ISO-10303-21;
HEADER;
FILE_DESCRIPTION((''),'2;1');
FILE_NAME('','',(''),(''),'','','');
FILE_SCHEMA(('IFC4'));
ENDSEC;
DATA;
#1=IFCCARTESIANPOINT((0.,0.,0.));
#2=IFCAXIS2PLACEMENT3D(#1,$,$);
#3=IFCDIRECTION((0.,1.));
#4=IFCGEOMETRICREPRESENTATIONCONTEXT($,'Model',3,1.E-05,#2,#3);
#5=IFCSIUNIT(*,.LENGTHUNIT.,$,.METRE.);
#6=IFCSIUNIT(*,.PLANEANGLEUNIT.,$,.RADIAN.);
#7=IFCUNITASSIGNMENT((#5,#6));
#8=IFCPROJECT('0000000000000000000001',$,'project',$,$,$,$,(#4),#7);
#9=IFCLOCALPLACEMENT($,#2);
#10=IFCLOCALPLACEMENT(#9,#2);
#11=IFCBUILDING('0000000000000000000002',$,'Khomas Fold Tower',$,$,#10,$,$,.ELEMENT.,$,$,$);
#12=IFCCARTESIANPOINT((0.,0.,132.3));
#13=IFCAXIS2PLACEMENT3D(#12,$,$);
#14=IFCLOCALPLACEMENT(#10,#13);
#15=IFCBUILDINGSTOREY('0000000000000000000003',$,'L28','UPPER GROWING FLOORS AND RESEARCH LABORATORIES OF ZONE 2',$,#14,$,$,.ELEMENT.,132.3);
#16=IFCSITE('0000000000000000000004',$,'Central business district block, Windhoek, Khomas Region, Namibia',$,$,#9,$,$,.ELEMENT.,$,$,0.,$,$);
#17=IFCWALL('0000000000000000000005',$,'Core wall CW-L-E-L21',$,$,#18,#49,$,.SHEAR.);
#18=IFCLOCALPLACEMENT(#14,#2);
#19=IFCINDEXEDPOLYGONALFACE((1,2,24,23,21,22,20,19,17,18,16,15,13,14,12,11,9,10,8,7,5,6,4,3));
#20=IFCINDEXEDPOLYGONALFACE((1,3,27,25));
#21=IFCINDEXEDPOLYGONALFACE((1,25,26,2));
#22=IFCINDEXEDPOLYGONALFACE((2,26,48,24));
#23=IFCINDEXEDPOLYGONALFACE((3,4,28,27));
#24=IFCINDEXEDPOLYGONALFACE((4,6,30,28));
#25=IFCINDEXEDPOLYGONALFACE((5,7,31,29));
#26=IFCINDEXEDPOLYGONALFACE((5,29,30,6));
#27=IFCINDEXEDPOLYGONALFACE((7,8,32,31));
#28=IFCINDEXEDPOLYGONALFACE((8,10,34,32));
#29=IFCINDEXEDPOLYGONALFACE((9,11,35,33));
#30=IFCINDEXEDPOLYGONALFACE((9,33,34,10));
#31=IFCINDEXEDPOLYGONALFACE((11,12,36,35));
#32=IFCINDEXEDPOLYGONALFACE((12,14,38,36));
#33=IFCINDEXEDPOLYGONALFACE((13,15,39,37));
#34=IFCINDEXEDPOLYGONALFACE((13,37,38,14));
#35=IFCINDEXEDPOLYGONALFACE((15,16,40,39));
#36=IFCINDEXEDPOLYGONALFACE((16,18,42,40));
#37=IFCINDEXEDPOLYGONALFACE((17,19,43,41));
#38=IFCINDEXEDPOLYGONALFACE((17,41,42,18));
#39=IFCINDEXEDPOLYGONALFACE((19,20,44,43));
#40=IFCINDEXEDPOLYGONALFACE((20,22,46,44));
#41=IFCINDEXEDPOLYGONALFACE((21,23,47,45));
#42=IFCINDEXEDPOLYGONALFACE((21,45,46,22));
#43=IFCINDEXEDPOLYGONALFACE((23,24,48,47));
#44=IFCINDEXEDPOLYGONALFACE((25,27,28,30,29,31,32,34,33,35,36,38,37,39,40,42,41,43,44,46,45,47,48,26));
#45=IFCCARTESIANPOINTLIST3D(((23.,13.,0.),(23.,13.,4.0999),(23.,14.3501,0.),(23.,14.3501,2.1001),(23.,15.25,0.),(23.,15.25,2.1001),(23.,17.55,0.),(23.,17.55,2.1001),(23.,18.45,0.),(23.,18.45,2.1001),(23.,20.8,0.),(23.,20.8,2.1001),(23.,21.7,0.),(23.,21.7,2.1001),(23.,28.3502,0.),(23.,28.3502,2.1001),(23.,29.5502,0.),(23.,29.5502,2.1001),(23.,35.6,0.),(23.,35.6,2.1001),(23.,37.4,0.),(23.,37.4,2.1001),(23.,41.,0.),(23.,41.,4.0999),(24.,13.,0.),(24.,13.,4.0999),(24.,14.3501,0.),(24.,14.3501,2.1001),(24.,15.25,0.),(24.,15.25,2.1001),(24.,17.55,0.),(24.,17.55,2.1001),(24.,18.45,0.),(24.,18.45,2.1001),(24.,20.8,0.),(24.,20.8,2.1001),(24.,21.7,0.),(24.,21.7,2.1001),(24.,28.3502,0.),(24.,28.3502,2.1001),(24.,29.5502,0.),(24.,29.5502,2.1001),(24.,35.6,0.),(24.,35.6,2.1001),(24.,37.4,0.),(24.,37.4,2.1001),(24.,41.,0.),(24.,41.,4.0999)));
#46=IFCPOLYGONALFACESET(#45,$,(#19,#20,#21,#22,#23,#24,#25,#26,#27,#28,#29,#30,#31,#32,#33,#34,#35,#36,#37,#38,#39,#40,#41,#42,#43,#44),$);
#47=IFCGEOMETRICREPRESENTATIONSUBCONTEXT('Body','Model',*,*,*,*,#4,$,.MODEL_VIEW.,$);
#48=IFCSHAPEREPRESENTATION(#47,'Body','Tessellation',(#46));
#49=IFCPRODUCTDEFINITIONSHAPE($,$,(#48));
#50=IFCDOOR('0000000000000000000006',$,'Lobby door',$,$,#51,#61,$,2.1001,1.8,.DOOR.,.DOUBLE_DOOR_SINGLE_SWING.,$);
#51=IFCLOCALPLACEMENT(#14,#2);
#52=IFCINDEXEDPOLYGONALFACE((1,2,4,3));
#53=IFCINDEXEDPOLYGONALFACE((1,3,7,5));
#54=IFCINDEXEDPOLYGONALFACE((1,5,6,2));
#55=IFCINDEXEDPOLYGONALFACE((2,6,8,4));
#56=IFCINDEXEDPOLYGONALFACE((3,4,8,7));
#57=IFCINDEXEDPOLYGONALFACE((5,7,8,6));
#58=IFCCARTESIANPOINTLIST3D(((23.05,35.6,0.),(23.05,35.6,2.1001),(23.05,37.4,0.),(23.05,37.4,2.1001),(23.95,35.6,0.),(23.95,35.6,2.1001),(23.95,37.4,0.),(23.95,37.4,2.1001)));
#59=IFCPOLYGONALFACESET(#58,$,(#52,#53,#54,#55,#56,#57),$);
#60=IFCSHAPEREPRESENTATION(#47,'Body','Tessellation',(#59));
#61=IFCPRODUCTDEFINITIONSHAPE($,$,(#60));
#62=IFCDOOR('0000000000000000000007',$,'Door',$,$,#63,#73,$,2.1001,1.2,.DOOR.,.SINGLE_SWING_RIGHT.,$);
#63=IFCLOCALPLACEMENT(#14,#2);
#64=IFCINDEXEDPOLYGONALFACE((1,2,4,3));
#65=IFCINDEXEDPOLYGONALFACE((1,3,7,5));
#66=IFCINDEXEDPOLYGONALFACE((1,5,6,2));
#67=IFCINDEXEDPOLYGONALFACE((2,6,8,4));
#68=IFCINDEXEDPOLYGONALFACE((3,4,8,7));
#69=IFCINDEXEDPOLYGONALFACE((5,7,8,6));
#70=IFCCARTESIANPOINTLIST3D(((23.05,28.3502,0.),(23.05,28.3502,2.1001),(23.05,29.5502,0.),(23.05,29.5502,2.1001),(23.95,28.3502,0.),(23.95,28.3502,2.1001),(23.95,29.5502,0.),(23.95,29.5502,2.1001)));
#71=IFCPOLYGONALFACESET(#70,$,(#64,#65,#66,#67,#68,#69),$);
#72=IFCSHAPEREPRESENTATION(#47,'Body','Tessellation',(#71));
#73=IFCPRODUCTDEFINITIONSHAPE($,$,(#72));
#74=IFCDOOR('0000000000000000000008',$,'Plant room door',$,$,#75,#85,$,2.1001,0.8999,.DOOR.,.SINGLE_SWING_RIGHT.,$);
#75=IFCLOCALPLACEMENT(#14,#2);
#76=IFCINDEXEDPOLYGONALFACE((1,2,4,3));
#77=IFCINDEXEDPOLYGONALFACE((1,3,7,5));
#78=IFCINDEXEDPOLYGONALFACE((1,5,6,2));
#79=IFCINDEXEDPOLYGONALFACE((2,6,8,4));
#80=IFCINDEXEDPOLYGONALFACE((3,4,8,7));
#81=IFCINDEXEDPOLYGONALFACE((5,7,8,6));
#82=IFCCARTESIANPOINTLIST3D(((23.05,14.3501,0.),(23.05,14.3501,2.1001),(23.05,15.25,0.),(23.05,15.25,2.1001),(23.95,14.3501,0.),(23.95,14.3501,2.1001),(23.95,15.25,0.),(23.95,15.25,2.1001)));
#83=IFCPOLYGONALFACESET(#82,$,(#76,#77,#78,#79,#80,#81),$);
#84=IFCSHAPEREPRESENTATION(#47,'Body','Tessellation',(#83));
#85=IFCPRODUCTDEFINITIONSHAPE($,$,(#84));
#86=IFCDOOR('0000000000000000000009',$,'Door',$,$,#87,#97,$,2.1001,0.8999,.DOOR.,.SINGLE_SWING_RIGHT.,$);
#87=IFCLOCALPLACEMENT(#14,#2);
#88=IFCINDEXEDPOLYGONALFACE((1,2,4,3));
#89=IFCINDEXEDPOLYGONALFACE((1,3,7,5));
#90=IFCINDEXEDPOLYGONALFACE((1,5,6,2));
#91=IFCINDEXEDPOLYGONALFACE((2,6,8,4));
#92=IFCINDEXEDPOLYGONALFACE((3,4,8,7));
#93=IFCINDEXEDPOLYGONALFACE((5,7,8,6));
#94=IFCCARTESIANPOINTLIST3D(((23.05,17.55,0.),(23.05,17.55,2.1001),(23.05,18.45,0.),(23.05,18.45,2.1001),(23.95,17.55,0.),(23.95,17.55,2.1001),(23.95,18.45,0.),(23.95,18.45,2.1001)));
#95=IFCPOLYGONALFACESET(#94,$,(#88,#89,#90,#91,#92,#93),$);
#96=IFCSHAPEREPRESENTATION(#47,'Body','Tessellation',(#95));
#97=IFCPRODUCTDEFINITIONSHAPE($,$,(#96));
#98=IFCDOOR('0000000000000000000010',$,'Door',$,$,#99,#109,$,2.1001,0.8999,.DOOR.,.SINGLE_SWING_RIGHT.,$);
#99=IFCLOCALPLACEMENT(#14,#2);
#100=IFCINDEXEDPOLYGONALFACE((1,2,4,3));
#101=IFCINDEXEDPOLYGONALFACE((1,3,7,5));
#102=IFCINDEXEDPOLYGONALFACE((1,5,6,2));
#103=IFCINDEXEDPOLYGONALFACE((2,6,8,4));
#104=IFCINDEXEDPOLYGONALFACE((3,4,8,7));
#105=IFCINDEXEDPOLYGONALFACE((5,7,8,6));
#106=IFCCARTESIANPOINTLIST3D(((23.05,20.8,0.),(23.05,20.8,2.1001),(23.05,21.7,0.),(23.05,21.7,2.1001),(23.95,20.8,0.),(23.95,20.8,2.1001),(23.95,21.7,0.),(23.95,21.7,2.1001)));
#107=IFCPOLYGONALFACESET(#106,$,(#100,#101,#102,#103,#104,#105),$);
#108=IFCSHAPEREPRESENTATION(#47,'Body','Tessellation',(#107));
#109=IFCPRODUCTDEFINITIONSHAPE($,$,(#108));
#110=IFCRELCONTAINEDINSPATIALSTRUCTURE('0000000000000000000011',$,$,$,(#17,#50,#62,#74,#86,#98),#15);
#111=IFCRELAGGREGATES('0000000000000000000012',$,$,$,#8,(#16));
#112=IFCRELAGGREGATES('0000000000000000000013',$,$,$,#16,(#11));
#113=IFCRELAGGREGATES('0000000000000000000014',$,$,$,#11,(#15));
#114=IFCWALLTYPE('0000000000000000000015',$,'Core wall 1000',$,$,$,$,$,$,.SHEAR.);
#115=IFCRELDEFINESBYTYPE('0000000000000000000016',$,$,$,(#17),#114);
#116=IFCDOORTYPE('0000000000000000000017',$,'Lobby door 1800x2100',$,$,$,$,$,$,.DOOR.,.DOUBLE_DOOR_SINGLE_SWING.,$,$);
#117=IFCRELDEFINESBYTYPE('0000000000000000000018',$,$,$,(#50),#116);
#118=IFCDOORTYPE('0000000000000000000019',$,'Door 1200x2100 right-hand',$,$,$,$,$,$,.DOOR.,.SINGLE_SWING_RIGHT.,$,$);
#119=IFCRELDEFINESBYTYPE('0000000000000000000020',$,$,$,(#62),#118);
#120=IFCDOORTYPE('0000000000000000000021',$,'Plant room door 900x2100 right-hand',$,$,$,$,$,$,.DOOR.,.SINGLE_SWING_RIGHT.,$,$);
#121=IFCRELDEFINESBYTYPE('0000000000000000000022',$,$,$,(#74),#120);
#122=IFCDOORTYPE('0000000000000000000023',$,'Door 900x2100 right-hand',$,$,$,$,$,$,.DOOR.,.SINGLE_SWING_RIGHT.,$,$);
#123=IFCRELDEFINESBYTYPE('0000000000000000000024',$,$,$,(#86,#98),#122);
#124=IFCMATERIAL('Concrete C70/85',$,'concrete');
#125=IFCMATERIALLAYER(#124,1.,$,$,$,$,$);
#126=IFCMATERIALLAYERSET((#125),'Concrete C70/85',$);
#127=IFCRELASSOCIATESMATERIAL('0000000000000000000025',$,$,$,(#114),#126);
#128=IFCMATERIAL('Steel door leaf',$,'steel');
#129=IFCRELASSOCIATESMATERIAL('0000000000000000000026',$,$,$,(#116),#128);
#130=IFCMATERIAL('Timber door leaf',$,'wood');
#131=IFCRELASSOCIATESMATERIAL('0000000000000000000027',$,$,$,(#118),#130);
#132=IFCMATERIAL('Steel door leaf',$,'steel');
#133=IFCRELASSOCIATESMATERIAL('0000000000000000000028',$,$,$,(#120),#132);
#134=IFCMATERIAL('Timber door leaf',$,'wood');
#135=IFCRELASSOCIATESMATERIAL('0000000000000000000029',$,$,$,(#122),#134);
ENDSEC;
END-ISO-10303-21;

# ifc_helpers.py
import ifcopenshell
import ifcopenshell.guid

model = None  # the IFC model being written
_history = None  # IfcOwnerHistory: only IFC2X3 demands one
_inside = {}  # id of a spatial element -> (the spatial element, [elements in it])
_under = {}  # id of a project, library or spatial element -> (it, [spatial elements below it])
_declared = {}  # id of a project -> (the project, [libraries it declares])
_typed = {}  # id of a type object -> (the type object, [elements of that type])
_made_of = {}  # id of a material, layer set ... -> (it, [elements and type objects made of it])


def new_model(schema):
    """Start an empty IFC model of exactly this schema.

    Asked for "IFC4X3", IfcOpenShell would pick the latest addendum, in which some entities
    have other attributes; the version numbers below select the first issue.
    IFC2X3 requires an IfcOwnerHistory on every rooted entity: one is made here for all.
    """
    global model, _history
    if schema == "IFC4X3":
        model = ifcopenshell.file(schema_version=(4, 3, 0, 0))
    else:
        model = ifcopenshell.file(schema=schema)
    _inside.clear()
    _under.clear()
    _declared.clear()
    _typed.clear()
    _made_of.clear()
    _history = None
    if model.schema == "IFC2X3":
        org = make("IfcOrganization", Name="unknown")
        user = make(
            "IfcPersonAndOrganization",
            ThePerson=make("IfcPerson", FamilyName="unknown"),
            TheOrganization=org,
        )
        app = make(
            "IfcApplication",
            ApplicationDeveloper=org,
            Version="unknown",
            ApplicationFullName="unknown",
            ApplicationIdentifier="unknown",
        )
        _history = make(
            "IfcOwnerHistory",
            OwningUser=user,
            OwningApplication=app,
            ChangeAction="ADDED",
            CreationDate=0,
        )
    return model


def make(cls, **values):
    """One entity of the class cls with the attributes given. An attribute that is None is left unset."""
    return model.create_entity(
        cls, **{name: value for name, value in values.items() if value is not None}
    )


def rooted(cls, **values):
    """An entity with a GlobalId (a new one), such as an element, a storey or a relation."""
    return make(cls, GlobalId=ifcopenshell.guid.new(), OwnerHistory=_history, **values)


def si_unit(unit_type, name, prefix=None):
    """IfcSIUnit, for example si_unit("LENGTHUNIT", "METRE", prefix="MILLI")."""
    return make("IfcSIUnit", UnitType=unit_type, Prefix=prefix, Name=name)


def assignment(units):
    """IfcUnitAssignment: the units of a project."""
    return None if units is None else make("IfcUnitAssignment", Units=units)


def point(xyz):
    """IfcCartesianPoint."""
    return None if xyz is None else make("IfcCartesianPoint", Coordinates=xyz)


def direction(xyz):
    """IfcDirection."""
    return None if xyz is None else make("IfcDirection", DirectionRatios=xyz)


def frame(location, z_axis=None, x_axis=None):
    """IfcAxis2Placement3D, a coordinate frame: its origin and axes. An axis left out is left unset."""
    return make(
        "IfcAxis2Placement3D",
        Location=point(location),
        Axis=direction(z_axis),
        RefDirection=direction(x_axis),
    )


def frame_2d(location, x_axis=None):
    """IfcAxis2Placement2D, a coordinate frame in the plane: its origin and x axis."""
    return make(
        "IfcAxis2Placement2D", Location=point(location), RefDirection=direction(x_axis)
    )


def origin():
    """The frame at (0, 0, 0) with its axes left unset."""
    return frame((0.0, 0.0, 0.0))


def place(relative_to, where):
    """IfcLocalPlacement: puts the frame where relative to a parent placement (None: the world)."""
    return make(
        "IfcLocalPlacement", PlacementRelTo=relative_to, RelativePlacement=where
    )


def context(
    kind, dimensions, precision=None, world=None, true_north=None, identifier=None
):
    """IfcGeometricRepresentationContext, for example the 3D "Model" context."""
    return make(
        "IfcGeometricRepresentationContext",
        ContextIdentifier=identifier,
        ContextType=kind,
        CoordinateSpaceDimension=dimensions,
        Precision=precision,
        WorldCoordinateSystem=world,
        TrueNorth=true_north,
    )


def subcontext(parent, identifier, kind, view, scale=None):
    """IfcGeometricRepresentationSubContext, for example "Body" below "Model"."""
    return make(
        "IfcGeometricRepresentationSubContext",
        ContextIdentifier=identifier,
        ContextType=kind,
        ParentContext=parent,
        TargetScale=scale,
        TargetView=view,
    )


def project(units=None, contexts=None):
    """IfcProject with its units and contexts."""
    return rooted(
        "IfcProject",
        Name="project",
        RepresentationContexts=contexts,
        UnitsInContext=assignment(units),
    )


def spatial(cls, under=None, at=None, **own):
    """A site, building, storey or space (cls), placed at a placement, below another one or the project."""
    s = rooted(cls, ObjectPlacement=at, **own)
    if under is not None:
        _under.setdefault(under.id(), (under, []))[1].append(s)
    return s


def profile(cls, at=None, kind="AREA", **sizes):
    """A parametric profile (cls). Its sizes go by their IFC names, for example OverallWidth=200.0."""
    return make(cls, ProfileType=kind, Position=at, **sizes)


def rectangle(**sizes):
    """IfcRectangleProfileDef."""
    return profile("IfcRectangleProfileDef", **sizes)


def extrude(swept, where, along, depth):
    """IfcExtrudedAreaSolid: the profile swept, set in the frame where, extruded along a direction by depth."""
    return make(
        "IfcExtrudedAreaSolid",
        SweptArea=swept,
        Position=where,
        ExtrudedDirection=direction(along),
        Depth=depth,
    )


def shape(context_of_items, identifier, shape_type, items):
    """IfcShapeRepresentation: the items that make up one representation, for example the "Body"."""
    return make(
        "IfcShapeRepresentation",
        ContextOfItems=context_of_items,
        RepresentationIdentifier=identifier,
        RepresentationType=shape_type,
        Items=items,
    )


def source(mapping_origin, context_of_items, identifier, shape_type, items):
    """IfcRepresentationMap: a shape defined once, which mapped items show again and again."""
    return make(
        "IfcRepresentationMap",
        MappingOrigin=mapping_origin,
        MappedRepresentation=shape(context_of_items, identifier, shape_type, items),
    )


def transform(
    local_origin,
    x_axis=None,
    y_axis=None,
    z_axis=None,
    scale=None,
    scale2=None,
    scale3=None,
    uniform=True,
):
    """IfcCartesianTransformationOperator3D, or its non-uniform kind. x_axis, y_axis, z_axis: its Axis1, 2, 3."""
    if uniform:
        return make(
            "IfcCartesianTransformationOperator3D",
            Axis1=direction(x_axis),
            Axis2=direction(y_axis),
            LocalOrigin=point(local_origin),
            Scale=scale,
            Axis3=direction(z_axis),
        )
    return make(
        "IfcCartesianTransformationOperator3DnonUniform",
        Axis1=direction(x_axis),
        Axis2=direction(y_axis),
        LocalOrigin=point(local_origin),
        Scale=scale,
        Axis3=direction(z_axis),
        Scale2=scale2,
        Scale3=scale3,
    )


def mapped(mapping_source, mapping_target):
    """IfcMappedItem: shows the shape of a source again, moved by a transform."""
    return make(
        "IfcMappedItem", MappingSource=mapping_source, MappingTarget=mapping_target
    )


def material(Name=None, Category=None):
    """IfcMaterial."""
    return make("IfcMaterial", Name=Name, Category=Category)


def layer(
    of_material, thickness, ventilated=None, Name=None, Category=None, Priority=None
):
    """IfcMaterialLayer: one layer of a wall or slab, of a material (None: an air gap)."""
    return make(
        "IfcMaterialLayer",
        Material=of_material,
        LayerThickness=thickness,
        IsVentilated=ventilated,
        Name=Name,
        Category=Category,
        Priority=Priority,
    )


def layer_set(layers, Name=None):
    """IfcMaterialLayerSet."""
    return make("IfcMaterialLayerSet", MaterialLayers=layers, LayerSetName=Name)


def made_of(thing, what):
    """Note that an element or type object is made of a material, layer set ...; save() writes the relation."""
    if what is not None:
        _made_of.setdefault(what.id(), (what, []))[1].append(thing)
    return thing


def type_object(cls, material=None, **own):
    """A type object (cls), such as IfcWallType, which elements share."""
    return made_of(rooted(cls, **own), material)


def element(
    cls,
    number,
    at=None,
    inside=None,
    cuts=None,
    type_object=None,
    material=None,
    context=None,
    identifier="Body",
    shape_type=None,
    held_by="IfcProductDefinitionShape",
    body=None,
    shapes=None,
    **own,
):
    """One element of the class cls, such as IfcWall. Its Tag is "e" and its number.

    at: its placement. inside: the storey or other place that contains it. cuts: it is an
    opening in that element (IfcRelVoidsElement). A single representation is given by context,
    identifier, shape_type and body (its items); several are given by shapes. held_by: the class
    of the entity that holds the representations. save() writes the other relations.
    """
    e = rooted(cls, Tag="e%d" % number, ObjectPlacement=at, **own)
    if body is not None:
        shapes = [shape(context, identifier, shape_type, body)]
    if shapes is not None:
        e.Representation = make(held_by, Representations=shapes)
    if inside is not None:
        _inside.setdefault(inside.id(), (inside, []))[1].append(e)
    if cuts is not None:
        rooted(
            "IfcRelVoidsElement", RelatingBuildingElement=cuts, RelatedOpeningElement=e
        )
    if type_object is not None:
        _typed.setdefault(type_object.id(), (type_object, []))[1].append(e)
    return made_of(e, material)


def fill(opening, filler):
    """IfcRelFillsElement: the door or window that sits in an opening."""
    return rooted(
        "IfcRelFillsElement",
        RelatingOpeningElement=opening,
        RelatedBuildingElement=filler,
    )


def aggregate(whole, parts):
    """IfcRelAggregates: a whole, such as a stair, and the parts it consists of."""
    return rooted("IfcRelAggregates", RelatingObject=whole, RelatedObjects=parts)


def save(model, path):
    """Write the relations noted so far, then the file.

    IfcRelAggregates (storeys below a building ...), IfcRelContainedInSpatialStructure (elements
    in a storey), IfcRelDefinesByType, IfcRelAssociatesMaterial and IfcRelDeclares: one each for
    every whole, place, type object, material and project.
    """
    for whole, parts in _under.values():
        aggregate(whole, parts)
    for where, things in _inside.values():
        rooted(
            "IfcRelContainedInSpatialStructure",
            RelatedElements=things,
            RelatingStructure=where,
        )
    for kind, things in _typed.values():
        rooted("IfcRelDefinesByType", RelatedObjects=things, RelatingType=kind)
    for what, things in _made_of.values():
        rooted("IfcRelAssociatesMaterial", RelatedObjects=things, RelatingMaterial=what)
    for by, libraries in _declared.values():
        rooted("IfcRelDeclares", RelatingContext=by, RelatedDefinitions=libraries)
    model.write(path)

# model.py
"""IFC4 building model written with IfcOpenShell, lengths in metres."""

from ifc_helpers import new_model, si_unit, direction, frame, frame_2d, origin, place, context, subcontext, project, spatial, rectangle, extrude, source, transform, mapped, material, layer, layer_set, type_object, element, fill, save


model = new_model("IFC4")

# Units and contexts
model_context = context("Model", 3, precision=1e-05, world=origin(), true_north=direction((0.0, 1.0)))
body_context = subcontext(model_context, "Body", "Model", "MODEL_VIEW")
ifc_project = project(units=[si_unit("LENGTHUNIT", "METRE"), si_unit("PLANEANGLEUNIT", "RADIAN")], contexts=[model_context])

# Site, building, storey
site_placement = place(None, origin())
site = spatial("IfcSite", under=ifc_project, at=site_placement, Name="Central business district block, Windhoek, Khomas Region, Namibia", CompositionType="ELEMENT", RefElevation=0.0)
building_placement = place(site_placement, origin())
building = spatial("IfcBuilding", under=site, at=building_placement, Name="Khomas Fold Tower", CompositionType="ELEMENT")
storey_placement = place(building_placement, frame((0.0, 0.0, 132.3)))
storey = spatial("IfcBuildingStorey", under=building, at=storey_placement, Name="L28", Description="UPPER GROWING FLOORS AND RESEARCH LABORATORIES OF ZONE 2", CompositionType="ELEMENT", Elevation=132.3)

# Shared definitions
ifc_material_1 = material(Name="Concrete C70/85", Category="concrete")
ifc_layer_1 = layer(ifc_material_1, 1.0)
ifc_layer_set_1 = layer_set([ifc_layer_1], Name="Concrete C70/85")
wall_type_1 = type_object("IfcWallType", Name="Core wall 1000", PredefinedType="SHEAR", material=ifc_layer_set_1)

# Wall, openings, doors
shared_shape_1 = source(origin(), body_context, "Body", "SweptSolid", [
    extrude(rectangle(XDim=28.0, YDim=1.0, at=frame_2d((14.0, 0.0))), origin(), (0.0, 0.0, 1.0), 4.0999),
])
wall_1_placement = place(storey_placement, frame((23.5, 13.0, 0.0), z_axis=(0.0, 0.0, 1.0), x_axis=(0.0, 1.0, 0.0)))
wall_1 = element("IfcWall", 1, at=wall_1_placement, inside=storey, type_object=wall_type_1, Name="Core wall CW-L-E-L21", PredefinedType="SHEAR", context=body_context, shape_type="MappedRepresentation", body=[
    mapped(shared_shape_1, transform((0.0, 0.0, 0.0))),
])
shared_shape_2 = source(origin(), body_context, "Body", "SweptSolid", [
    extrude(rectangle(XDim=1.8, YDim=2.1001, at=frame_2d((0.8999, 1.05))), frame((0.0, 0.51, 0.0), z_axis=(0.0, -1.0, 0.0), x_axis=(1.0, 0.0, 0.0)), (0.0, 0.0, 1.0), 1.02),
])
opening_1_placement = place(wall_1_placement, frame((22.6001, 0.0, 0.0)))
opening_1 = element("IfcOpeningElement", 2, at=opening_1_placement, cuts=wall_1, PredefinedType="OPENING", context=body_context, shape_type="MappedRepresentation", body=[
    mapped(shared_shape_2, transform((0.0, 0.0, 0.0))),
])
shared_shape_3 = source(origin(), body_context, "Body", "SweptSolid", [
    extrude(rectangle(XDim=1.2, YDim=2.1001, at=frame_2d((0.6001, 1.05))), frame((0.0, 0.51, 0.0), z_axis=(0.0, -1.0, 0.0), x_axis=(1.0, 0.0, 0.0)), (0.0, 0.0, 1.0), 1.02),
])
opening_2_placement = place(wall_1_placement, frame((15.3501, 0.0, 0.0)))
opening_2 = element("IfcOpeningElement", 3, at=opening_2_placement, cuts=wall_1, PredefinedType="OPENING", context=body_context, shape_type="MappedRepresentation", body=[
    mapped(shared_shape_3, transform((0.0, 0.0, 0.0))),
])
shared_shape_4 = source(origin(), body_context, "Body", "SweptSolid", [
    extrude(rectangle(XDim=0.8999, YDim=2.1001, at=frame_2d((0.45, 1.05))), frame((0.0, 0.51, 0.0), z_axis=(0.0, -1.0, 0.0), x_axis=(1.0, 0.0, 0.0)), (0.0, 0.0, 1.0), 1.02),
])
opening_3_placement = place(wall_1_placement, frame((1.3501, 0.0, 0.0)))
opening_3 = element("IfcOpeningElement", 4, at=opening_3_placement, cuts=wall_1, PredefinedType="OPENING", context=body_context, shape_type="MappedRepresentation", body=[
    mapped(shared_shape_4, transform((0.0, 0.0, 0.0))),
])
opening_4_placement = place(wall_1_placement, frame((4.55, 0.0, 0.0)))
opening_4 = element("IfcOpeningElement", 5, at=opening_4_placement, cuts=wall_1, PredefinedType="OPENING", context=body_context, shape_type="MappedRepresentation", body=[
    mapped(shared_shape_4, transform((0.0, 0.0, 0.0))),
])
opening_5_placement = place(wall_1_placement, frame((7.8, 0.0, 0.0)))
opening_5 = element("IfcOpeningElement", 6, at=opening_5_placement, cuts=wall_1, PredefinedType="OPENING", context=body_context, shape_type="MappedRepresentation", body=[
    mapped(shared_shape_4, transform((0.0, 0.0, 0.0))),
])
ifc_material_2 = material(Name="Steel door leaf", Category="steel")
door_type_1 = type_object("IfcDoorType", Name="Lobby door 1800x2100", OperationType="DOUBLE_DOOR_SINGLE_SWING", PredefinedType="DOOR", material=ifc_material_2)
shared_shape_5 = source(origin(), body_context, "Body", "SweptSolid", [
    extrude(rectangle(XDim=1.8, YDim=2.1001, at=frame_2d((0.8999, 1.05))), frame((0.0, 0.45, 0.0), z_axis=(0.0, -1.0, 0.0), x_axis=(1.0, 0.0, 0.0)), (0.0, 0.0, 1.0), 0.8999),
])
door_1_placement = place(opening_1_placement, origin())
door_1 = element("IfcDoor", 7, at=door_1_placement, inside=storey, type_object=door_type_1, Name="Lobby door", OperationType="DOUBLE_DOOR_SINGLE_SWING", OverallHeight=2.1001, OverallWidth=1.8, PredefinedType="DOOR", context=body_context, shape_type="MappedRepresentation", body=[
    mapped(shared_shape_5, transform((0.0, 0.0, 0.0))),
])
fill(opening_1, door_1)
ifc_material_3 = material(Name="Timber door leaf", Category="wood")
door_type_2 = type_object("IfcDoorType", Name="Door 1200x2100 right-hand", OperationType="SINGLE_SWING_RIGHT", PredefinedType="DOOR", material=ifc_material_3)
shared_shape_6 = source(origin(), body_context, "Body", "SweptSolid", [
    extrude(rectangle(XDim=1.2, YDim=2.1001, at=frame_2d((0.6001, 1.05))), frame((0.0, 0.45, 0.0), z_axis=(0.0, -1.0, 0.0), x_axis=(1.0, 0.0, 0.0)), (0.0, 0.0, 1.0), 0.8999),
])
door_2_placement = place(opening_2_placement, origin())
door_2 = element("IfcDoor", 8, at=door_2_placement, inside=storey, type_object=door_type_2, Name="Door", OperationType="SINGLE_SWING_RIGHT", OverallHeight=2.1001, OverallWidth=1.2, PredefinedType="DOOR", context=body_context, shape_type="MappedRepresentation", body=[
    mapped(shared_shape_6, transform((0.0, 0.0, 0.0))),
])
fill(opening_2, door_2)
ifc_material_4 = material(Name="Steel door leaf", Category="steel")
door_type_3 = type_object("IfcDoorType", Name="Plant room door 900x2100 right-hand", OperationType="SINGLE_SWING_RIGHT", PredefinedType="DOOR", material=ifc_material_4)
shared_shape_7 = source(origin(), body_context, "Body", "SweptSolid", [
    extrude(rectangle(XDim=0.8999, YDim=2.1001, at=frame_2d((0.45, 1.05))), frame((0.0, 0.45, 0.0), z_axis=(0.0, -1.0, 0.0), x_axis=(1.0, 0.0, 0.0)), (0.0, 0.0, 1.0), 0.8999),
])
door_3_placement = place(opening_3_placement, origin())
door_3 = element("IfcDoor", 9, at=door_3_placement, inside=storey, type_object=door_type_3, Name="Plant room door", OperationType="SINGLE_SWING_RIGHT", OverallHeight=2.1001, OverallWidth=0.8999, PredefinedType="DOOR", context=body_context, shape_type="MappedRepresentation", body=[
    mapped(shared_shape_7, transform((0.0, 0.0, 0.0))),
])
fill(opening_3, door_3)
ifc_material_5 = material(Name="Timber door leaf", Category="wood")
door_type_4 = type_object("IfcDoorType", Name="Door 900x2100 right-hand", OperationType="SINGLE_SWING_RIGHT", PredefinedType="DOOR", material=ifc_material_5)
door_4_placement = place(opening_4_placement, origin())
door_4 = element("IfcDoor", 10, at=door_4_placement, inside=storey, type_object=door_type_4, Name="Door", OperationType="SINGLE_SWING_RIGHT", OverallHeight=2.1001, OverallWidth=0.8999, PredefinedType="DOOR", context=body_context, shape_type="MappedRepresentation", body=[
    mapped(shared_shape_7, transform((0.0, 0.0, 0.0))),
])
fill(opening_4, door_4)
door_5_placement = place(opening_5_placement, origin())
door_5 = element("IfcDoor", 11, at=door_5_placement, inside=storey, type_object=door_type_4, Name="Door", OperationType="SINGLE_SWING_RIGHT", OverallHeight=2.1001, OverallWidth=0.8999, PredefinedType="DOOR", context=body_context, shape_type="MappedRepresentation", body=[
    mapped(shared_shape_7, transform((0.0, 0.0, 0.0))),
])
fill(opening_5, door_5)

save(model, "model.ifc")
